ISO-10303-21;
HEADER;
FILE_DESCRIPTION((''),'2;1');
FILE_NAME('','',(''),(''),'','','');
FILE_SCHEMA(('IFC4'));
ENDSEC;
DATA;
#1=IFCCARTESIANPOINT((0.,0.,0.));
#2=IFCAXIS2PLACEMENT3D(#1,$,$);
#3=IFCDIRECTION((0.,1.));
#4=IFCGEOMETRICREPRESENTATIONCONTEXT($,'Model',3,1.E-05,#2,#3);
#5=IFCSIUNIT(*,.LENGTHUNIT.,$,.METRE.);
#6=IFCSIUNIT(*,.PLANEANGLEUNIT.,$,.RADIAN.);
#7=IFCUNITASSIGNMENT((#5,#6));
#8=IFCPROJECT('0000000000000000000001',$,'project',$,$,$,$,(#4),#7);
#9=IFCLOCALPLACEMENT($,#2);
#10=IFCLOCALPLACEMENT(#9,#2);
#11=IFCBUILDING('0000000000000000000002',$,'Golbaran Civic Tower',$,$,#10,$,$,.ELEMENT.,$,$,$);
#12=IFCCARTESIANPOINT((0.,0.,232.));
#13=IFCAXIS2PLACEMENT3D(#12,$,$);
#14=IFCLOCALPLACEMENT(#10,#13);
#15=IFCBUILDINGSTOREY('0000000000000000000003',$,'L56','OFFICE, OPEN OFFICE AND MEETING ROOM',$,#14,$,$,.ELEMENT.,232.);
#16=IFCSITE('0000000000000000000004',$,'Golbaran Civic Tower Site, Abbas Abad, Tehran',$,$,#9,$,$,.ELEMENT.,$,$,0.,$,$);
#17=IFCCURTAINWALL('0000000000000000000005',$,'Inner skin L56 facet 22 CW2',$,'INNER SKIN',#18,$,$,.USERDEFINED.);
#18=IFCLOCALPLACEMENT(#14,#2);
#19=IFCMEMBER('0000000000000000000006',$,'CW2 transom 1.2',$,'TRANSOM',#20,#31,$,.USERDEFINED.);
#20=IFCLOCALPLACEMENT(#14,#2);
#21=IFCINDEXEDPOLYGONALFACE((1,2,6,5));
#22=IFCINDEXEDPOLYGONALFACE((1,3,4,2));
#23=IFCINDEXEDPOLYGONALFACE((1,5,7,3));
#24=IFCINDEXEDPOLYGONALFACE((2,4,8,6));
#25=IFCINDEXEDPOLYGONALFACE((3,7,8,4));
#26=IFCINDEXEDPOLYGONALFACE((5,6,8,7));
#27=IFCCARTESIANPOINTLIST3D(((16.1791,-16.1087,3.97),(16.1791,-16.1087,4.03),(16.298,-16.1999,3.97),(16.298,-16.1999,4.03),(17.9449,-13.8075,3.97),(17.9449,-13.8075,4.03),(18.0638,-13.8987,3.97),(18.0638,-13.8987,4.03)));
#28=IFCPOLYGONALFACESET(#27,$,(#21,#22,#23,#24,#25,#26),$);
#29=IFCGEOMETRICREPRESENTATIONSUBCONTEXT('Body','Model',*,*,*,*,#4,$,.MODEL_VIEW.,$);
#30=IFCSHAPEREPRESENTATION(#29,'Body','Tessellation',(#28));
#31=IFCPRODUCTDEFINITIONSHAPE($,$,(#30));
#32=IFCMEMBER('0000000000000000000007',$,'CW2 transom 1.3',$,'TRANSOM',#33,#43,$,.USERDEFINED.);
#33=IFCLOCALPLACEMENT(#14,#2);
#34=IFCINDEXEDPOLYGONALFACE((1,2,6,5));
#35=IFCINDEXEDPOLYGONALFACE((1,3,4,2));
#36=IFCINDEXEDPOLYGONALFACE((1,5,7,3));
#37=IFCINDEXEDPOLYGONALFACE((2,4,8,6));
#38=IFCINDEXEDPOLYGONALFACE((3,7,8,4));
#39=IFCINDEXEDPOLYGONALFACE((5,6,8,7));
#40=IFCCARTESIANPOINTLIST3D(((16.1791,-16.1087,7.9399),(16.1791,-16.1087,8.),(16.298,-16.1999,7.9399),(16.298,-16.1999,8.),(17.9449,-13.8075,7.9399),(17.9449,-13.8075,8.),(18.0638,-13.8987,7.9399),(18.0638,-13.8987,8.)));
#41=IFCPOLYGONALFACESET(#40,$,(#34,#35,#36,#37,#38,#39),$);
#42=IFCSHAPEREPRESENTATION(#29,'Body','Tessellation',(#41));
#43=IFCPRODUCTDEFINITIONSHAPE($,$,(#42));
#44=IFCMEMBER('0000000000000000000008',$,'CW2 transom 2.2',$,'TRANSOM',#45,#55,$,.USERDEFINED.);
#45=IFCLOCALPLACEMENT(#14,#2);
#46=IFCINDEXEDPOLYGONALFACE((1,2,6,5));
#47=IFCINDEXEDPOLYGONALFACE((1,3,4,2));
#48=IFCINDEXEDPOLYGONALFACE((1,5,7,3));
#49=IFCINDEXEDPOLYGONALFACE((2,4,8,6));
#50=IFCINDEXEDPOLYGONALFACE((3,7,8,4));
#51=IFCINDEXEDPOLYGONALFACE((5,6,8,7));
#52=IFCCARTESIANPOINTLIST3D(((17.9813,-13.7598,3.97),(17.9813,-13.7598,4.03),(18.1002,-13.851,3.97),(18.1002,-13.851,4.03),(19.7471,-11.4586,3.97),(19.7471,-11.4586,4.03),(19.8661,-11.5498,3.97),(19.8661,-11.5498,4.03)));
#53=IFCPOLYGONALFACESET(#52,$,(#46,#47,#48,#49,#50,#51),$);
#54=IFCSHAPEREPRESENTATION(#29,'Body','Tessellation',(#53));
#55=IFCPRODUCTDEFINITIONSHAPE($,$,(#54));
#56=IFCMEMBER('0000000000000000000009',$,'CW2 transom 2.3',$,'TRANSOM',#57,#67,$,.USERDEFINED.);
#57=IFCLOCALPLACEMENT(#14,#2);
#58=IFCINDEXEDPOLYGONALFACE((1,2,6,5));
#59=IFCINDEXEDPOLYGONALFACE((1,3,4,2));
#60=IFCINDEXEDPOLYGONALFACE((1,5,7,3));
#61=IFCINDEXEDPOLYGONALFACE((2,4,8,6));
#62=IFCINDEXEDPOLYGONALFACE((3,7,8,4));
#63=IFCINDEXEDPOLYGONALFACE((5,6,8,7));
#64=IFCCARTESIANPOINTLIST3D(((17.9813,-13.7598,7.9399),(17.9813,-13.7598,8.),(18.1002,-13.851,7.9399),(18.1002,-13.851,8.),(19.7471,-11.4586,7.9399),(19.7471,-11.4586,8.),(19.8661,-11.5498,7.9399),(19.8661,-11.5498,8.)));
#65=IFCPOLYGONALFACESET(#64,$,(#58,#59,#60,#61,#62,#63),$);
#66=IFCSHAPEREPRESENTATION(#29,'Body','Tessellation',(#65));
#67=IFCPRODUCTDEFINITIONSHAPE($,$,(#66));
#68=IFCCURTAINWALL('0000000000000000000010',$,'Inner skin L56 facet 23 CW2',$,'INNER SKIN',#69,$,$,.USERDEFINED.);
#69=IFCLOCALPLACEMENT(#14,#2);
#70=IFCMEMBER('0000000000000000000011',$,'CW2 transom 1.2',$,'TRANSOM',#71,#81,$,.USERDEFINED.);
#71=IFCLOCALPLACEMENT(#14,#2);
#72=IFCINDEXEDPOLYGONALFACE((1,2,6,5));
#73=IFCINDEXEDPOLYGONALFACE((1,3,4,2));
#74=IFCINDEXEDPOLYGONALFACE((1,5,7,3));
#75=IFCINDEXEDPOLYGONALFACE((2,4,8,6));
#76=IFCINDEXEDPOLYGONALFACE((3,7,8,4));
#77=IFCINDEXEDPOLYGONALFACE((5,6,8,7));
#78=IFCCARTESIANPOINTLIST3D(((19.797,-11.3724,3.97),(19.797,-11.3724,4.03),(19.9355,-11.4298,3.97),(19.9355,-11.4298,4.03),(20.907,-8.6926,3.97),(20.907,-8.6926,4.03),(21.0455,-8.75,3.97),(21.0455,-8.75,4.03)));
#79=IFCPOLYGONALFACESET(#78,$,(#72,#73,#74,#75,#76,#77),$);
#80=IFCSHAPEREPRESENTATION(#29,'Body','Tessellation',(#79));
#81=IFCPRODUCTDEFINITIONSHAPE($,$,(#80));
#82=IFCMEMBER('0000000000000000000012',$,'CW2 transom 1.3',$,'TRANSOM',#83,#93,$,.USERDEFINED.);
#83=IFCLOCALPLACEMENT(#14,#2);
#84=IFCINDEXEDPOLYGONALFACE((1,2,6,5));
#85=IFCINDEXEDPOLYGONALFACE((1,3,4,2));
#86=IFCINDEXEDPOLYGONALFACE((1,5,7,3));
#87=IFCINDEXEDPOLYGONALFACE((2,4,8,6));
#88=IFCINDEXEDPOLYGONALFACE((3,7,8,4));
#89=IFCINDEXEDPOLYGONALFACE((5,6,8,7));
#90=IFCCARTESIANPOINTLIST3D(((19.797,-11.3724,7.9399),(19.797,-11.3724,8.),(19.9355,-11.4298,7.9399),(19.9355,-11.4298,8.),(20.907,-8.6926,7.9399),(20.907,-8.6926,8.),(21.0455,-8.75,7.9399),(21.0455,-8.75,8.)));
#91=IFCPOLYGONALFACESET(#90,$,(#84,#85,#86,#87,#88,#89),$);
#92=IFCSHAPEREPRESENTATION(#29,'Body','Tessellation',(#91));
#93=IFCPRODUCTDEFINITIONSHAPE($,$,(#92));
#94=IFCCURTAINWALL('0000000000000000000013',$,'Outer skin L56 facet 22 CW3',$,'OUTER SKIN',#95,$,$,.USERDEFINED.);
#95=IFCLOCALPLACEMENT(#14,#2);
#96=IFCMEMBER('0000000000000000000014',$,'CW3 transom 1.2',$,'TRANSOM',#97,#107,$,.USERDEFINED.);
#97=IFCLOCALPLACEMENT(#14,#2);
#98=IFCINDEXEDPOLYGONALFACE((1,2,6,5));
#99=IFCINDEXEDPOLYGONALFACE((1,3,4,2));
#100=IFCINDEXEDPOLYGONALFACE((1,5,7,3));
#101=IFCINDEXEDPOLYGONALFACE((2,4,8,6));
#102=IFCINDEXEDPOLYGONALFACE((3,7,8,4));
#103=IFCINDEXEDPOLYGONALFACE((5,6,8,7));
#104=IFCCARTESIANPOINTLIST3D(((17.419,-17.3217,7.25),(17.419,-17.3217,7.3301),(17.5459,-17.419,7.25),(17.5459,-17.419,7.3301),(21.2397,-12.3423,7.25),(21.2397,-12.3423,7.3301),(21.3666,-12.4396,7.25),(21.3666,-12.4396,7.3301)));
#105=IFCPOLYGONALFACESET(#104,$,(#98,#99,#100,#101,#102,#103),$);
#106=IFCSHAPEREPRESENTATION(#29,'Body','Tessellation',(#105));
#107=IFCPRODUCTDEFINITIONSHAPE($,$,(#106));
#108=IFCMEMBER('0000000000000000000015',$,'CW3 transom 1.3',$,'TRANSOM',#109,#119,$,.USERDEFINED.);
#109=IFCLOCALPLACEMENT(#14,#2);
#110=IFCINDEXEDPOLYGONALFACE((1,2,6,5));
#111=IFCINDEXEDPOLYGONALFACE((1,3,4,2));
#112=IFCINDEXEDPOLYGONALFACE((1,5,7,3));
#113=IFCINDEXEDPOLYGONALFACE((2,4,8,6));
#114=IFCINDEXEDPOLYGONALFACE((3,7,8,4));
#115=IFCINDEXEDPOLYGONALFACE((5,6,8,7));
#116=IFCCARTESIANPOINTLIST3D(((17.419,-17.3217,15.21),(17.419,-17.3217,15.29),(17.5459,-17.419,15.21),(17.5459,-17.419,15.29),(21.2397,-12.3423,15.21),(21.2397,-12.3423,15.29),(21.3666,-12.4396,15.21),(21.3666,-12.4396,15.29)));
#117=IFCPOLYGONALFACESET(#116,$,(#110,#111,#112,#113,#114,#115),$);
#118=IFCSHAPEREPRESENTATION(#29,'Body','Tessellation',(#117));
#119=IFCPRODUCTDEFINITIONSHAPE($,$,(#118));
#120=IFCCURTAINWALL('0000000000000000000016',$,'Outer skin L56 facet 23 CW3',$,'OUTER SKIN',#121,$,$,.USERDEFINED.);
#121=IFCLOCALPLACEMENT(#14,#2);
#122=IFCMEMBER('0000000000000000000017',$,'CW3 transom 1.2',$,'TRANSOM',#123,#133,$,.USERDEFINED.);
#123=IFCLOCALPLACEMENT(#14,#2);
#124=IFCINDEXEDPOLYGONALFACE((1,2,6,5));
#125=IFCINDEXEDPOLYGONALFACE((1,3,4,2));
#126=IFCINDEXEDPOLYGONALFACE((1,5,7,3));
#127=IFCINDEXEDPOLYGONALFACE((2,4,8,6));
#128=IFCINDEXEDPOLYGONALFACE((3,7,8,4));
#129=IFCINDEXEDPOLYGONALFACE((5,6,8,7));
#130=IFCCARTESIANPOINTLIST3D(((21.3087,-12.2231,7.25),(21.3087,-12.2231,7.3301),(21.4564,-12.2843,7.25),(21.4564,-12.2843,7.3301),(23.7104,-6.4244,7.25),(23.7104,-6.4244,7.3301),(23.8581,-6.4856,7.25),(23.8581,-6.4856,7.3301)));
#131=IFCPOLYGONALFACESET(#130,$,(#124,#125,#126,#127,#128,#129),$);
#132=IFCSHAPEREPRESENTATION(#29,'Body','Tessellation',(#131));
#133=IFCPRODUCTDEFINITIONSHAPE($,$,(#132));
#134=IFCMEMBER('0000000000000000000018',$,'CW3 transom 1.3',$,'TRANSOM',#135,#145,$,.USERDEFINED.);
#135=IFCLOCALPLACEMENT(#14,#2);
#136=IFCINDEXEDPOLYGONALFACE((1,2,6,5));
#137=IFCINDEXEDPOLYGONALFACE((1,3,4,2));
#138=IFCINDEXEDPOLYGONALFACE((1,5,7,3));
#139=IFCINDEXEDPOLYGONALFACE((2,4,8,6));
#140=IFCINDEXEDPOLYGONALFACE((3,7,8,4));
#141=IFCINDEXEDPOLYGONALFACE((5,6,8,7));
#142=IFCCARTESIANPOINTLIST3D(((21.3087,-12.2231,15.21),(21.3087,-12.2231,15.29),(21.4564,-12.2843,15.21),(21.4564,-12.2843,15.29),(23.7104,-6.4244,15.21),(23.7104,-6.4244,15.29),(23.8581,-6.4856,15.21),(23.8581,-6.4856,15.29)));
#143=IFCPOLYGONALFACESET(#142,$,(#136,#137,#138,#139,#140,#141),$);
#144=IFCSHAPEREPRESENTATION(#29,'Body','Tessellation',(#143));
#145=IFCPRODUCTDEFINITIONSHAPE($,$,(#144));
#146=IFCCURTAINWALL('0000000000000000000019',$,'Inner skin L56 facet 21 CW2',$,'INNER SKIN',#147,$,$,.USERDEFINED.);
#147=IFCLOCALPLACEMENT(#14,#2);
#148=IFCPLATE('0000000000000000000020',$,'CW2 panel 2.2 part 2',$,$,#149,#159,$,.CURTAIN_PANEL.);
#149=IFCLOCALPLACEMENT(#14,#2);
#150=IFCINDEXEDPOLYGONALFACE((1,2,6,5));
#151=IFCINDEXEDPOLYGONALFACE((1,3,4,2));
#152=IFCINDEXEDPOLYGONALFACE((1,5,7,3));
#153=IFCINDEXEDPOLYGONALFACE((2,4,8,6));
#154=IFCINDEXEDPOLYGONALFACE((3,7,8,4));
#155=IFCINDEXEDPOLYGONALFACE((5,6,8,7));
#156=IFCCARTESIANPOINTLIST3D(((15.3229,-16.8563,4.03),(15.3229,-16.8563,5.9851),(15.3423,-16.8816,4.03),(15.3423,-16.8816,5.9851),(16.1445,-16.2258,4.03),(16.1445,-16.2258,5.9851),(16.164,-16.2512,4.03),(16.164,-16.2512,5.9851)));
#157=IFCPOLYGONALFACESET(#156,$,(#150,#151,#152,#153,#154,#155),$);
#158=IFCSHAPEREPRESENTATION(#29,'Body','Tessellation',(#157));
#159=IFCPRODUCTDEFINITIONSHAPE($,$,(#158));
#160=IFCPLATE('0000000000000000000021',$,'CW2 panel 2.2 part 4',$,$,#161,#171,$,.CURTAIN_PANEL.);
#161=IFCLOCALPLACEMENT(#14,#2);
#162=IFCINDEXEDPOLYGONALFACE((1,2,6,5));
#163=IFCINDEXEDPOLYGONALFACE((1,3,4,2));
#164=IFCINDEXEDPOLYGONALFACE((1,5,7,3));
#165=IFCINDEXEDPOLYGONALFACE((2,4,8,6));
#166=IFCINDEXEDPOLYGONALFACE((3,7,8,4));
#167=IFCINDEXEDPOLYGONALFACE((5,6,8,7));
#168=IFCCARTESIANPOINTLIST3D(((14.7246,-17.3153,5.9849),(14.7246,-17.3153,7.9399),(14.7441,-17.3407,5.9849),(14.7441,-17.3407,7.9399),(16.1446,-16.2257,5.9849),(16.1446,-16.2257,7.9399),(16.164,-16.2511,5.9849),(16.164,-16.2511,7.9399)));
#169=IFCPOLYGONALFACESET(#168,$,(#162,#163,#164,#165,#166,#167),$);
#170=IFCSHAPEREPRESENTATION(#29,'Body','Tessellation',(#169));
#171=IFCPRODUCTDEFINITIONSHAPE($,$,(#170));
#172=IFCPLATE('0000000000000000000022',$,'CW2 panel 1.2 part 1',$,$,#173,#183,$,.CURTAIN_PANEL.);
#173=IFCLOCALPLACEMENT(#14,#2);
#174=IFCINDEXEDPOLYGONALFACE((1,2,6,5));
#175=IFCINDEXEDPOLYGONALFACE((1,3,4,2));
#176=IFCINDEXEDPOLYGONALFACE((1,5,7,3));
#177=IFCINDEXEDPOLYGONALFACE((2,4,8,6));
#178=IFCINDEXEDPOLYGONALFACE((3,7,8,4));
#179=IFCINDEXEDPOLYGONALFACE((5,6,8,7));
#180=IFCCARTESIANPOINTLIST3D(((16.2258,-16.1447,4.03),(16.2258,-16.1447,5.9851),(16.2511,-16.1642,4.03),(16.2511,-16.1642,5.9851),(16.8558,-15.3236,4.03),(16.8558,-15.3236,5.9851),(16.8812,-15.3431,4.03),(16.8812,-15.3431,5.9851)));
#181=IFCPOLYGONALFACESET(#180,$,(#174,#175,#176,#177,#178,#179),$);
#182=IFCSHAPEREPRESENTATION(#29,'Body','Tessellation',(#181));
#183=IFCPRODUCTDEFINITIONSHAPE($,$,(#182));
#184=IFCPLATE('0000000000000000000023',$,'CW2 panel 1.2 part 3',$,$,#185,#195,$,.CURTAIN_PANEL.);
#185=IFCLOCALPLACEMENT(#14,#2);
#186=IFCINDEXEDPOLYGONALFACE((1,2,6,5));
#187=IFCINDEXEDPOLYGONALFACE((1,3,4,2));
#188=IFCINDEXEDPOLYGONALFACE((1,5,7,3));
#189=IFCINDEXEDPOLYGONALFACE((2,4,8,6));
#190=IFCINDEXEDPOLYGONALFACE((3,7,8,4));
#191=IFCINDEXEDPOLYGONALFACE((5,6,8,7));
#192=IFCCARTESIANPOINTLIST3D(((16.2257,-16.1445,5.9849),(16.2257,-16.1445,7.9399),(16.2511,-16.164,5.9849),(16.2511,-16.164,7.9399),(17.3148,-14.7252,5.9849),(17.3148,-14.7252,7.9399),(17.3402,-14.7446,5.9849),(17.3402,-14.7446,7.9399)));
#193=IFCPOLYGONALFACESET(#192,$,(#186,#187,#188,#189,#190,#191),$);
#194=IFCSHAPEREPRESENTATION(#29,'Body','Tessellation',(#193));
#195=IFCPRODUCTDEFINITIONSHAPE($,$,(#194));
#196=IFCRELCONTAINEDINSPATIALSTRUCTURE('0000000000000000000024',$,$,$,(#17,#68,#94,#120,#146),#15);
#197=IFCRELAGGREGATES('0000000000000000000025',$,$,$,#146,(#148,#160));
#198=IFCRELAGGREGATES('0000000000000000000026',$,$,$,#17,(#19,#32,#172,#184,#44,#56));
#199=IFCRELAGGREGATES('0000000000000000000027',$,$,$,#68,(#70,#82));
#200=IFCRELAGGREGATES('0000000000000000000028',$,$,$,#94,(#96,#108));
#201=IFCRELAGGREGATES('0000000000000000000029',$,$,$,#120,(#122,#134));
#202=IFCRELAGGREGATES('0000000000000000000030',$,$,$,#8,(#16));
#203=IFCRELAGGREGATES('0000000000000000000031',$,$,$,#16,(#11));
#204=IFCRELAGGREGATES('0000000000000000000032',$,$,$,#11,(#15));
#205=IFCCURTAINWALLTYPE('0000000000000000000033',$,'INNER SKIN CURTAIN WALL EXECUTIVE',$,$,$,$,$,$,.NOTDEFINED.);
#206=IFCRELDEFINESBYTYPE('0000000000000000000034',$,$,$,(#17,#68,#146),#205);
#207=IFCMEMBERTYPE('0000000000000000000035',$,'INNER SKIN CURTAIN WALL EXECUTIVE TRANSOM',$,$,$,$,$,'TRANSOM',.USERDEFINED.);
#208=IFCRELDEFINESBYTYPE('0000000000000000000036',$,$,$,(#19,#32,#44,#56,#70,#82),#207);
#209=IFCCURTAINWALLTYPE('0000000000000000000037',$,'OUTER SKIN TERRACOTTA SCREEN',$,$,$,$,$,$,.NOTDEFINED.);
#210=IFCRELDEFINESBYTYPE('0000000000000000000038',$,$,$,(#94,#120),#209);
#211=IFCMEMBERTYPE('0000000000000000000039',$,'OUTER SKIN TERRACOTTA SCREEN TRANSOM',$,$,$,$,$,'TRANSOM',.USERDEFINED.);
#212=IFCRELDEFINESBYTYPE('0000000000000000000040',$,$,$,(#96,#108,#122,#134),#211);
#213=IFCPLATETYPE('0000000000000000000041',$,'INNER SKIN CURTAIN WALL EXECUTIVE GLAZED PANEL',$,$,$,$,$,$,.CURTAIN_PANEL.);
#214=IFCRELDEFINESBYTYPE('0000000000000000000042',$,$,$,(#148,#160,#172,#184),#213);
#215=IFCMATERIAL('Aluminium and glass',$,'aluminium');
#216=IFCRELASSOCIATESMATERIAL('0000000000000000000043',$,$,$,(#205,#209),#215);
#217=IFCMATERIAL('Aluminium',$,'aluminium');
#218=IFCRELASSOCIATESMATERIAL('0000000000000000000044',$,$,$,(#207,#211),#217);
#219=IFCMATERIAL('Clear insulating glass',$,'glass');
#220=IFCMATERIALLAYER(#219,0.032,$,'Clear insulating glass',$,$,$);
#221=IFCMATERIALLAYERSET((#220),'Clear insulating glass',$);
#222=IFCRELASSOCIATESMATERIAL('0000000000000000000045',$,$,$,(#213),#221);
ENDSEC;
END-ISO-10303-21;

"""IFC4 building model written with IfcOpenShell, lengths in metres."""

from ifc_helpers import new_model, si_unit, direction, frame, origin, origin_2d, place, context, subcontext, project, spatial, rectangle, extrude, material, layer, layer_set, material_profile, profile_set, type_object, element, aggregate, save


model = new_model("IFC4")

# Units and contexts
model_context = context("Model", 3, precision=1e-05, world=origin(), true_north=direction((0.0, 1.0)))
body_context = subcontext(model_context, "Body", "Model", "MODEL_VIEW")
ifc_project = project(units=[si_unit("LENGTHUNIT", "METRE"), si_unit("PLANEANGLEUNIT", "RADIAN")], contexts=[model_context])

# Site, building, storey
site_placement = place(None, origin())
site = spatial("IfcSite", under=ifc_project, at=site_placement, Name="Golbaran Civic Tower Site, Abbas Abad, Tehran", CompositionType="ELEMENT", RefElevation=0.0)
building_placement = place(site_placement, origin())
building = spatial("IfcBuilding", under=site, at=building_placement, Name="Golbaran Civic Tower", CompositionType="ELEMENT")
storey_placement = place(building_placement, frame((0.0, 0.0, 232.0)))
storey = spatial("IfcBuildingStorey", under=building, at=storey_placement, Name="L56", Description="OFFICE, OPEN OFFICE AND MEETING ROOM", CompositionType="ELEMENT", Elevation=232.0)

# Curtain walls, members
ifc_material_1 = material(Name="Aluminium and glass", Category="aluminium")
curtain_wall_type_1 = type_object("IfcCurtainWallType", Name="INNER SKIN CURTAIN WALL EXECUTIVE", PredefinedType="NOTDEFINED", material=ifc_material_1)
curtain_wall_1_placement = place(storey_placement, origin())
curtain_wall_1 = element("IfcCurtainWall", 1, at=curtain_wall_1_placement, inside=storey, type_object=curtain_wall_type_1, Name="Inner skin L56 facet 22 CW2", ObjectType="INNER SKIN", PredefinedType="USERDEFINED")
ifc_material_2 = material(Name="Aluminium", Category="aluminium")
ifc_material_profile_1 = material_profile(ifc_material_2, rectangle(XDim=0.1499, YDim=0.0601, at=origin_2d()), Name="INNER SKIN CURTAIN WALL EXECUTIVE TRANSOM")
ifc_profile_set_1 = profile_set([ifc_material_profile_1], Name="Aluminium")
member_type_1 = type_object("IfcMemberType", Name="INNER SKIN CURTAIN WALL EXECUTIVE TRANSOM", ElementType="TRANSOM", PredefinedType="USERDEFINED", material=ifc_profile_set_1)
member_1_placement = place(storey_placement, frame((16.2385, -16.1543, 4.0), z_axis=(0.608771, 0.793346, 0.0), x_axis=(-0.793346, 0.608771, 0.0)))
member_1 = element("IfcMember", 2, at=member_1_placement, type_object=member_type_1, Name="CW2 transom 1.2", ObjectType="TRANSOM", PredefinedType="USERDEFINED", context=body_context, shape_type="SweptSolid", body=[
    extrude(rectangle(XDim=0.1499, YDim=0.0601, at=origin_2d()), origin(), (0.0, 0.0, 1.0), 2.9006),
])
member_2_placement = place(storey_placement, frame((16.2385, -16.1543, 7.97), z_axis=(0.608771, 0.793346, 0.0), x_axis=(-0.793346, 0.608771, 0.0)))
member_2 = element("IfcMember", 3, at=member_2_placement, type_object=member_type_1, Name="CW2 transom 1.3", ObjectType="TRANSOM", PredefinedType="USERDEFINED", context=body_context, shape_type="SweptSolid", body=[
    extrude(rectangle(XDim=0.1499, YDim=0.0601, at=origin_2d()), origin(), (0.0, 0.0, 1.0), 2.9006),
])
member_3_placement = place(storey_placement, frame((18.0408, -13.8054, 4.0), z_axis=(0.608771, 0.793346, 0.0), x_axis=(-0.793346, 0.608771, 0.0)))
member_3 = element("IfcMember", 4, at=member_3_placement, type_object=member_type_1, Name="CW2 transom 2.2", ObjectType="TRANSOM", PredefinedType="USERDEFINED", context=body_context, shape_type="SweptSolid", body=[
    extrude(rectangle(XDim=0.1499, YDim=0.0601, at=origin_2d()), origin(), (0.0, 0.0, 1.0), 2.9006),
])
member_4_placement = place(storey_placement, frame((18.0408, -13.8054, 7.97), z_axis=(0.608771, 0.793346, 0.0), x_axis=(-0.793346, 0.608771, 0.0)))
member_4 = element("IfcMember", 5, at=member_4_placement, type_object=member_type_1, Name="CW2 transom 2.3", ObjectType="TRANSOM", PredefinedType="USERDEFINED", context=body_context, shape_type="SweptSolid", body=[
    extrude(rectangle(XDim=0.1499, YDim=0.0601, at=origin_2d()), origin(), (0.0, 0.0, 1.0), 2.9006),
])
curtain_wall_2_placement = place(storey_placement, origin())
curtain_wall_2 = element("IfcCurtainWall", 6, at=curtain_wall_2_placement, inside=storey, type_object=curtain_wall_type_1, Name="Inner skin L56 facet 23 CW2", ObjectType="INNER SKIN", PredefinedType="USERDEFINED")
member_5_placement = place(storey_placement, frame((19.8662, -11.4011, 4.0), z_axis=(0.382696, 0.923874, 0.0), x_axis=(-0.923874, 0.382696, 0.0)))
member_5 = element("IfcMember", 7, at=member_5_placement, type_object=member_type_1, Name="CW2 transom 1.2", ObjectType="TRANSOM", PredefinedType="USERDEFINED", context=body_context, shape_type="SweptSolid", body=[
    extrude(rectangle(XDim=0.1499, YDim=0.0601, at=origin_2d()), origin(), (0.0, 0.0, 1.0), 2.9006),
])
member_6_placement = place(storey_placement, frame((19.8662, -11.4011, 7.97), z_axis=(0.382696, 0.923874, 0.0), x_axis=(-0.923874, 0.382696, 0.0)))
member_6 = element("IfcMember", 8, at=member_6_placement, type_object=member_type_1, Name="CW2 transom 1.3", ObjectType="TRANSOM", PredefinedType="USERDEFINED", context=body_context, shape_type="SweptSolid", body=[
    extrude(rectangle(XDim=0.1499, YDim=0.0601, at=origin_2d()), origin(), (0.0, 0.0, 1.0), 2.9006),
])
curtain_wall_type_2 = type_object("IfcCurtainWallType", Name="OUTER SKIN TERRACOTTA SCREEN", PredefinedType="NOTDEFINED", material=ifc_material_1)
curtain_wall_3_placement = place(storey_placement, origin())
curtain_wall_3 = element("IfcCurtainWall", 9, at=curtain_wall_3_placement, inside=storey, type_object=curtain_wall_type_2, Name="Outer skin L56 facet 22 CW3", ObjectType="OUTER SKIN", PredefinedType="USERDEFINED")
ifc_material_profile_2 = material_profile(ifc_material_2, rectangle(XDim=0.1599, YDim=0.0801, at=origin_2d()), Name="OUTER SKIN TERRACOTTA SCREEN TRANSOM")
ifc_profile_set_2 = profile_set([ifc_material_profile_2], Name="Aluminium")
member_type_2 = type_object("IfcMemberType", Name="OUTER SKIN TERRACOTTA SCREEN TRANSOM", ElementType="TRANSOM", PredefinedType="USERDEFINED", material=ifc_profile_set_2)
member_7_placement = place(storey_placement, frame((17.4824, -17.3704, 7.29), z_axis=(0.608752, 0.793361, 0.0), x_axis=(-0.793361, 0.608752, 0.0)))
member_7 = element("IfcMember", 10, at=member_7_placement, type_object=member_type_2, Name="CW3 transom 1.2", ObjectType="TRANSOM", PredefinedType="USERDEFINED", context=body_context, shape_type="SweptSolid", body=[
    extrude(rectangle(XDim=0.1599, YDim=0.0801, at=origin_2d()), origin(), (0.0, 0.0, 1.0), 6.2764),
])
member_8_placement = place(storey_placement, frame((17.4824, -17.3704, 15.25), z_axis=(0.608752, 0.793361, 0.0), x_axis=(-0.793361, 0.608752, 0.0)))
member_8 = element("IfcMember", 11, at=member_8_placement, type_object=member_type_2, Name="CW3 transom 1.3", ObjectType="TRANSOM", PredefinedType="USERDEFINED", context=body_context, shape_type="SweptSolid", body=[
    extrude(rectangle(XDim=0.1599, YDim=0.0801, at=origin_2d()), origin(), (0.0, 0.0, 1.0), 6.2764),
])
curtain_wall_4_placement = place(storey_placement, origin())
curtain_wall_4 = element("IfcCurtainWall", 12, at=curtain_wall_4_placement, inside=storey, type_object=curtain_wall_type_2, Name="Outer skin L56 facet 23 CW3", ObjectType="OUTER SKIN", PredefinedType="USERDEFINED")
member_9_placement = place(storey_placement, frame((21.3826, -12.2537, 7.29), z_axis=(0.382651, 0.923893, 0.0), x_axis=(-0.923893, 0.382651, 0.0)))
member_9 = element("IfcMember", 13, at=member_9_placement, type_object=member_type_2, Name="CW3 transom 1.2", ObjectType="TRANSOM", PredefinedType="USERDEFINED", context=body_context, shape_type="SweptSolid", body=[
    extrude(rectangle(XDim=0.1599, YDim=0.0801, at=origin_2d()), origin(), (0.0, 0.0, 1.0), 6.2764),
])
member_10_placement = place(storey_placement, frame((21.3826, -12.2537, 15.25), z_axis=(0.382651, 0.923893, 0.0), x_axis=(-0.923893, 0.382651, 0.0)))
member_10 = element("IfcMember", 14, at=member_10_placement, type_object=member_type_2, Name="CW3 transom 1.3", ObjectType="TRANSOM", PredefinedType="USERDEFINED", context=body_context, shape_type="SweptSolid", body=[
    extrude(rectangle(XDim=0.1599, YDim=0.0801, at=origin_2d()), origin(), (0.0, 0.0, 1.0), 6.2764),
])

# Curtain wall, plates
curtain_wall_5_placement = place(storey_placement, origin())
curtain_wall_5 = element("IfcCurtainWall", 15, at=curtain_wall_5_placement, inside=storey, type_object=curtain_wall_type_1, Name="Inner skin L56 facet 21 CW2", ObjectType="INNER SKIN", PredefinedType="USERDEFINED")
ifc_material_3 = material(Name="Clear insulating glass", Category="glass")
ifc_layer_1 = layer(ifc_material_3, 0.032, Name="Clear insulating glass")
ifc_layer_set_1 = layer_set([ifc_layer_1], Name="Clear insulating glass")
plate_type_1 = type_object("IfcPlateType", Name="INNER SKIN CURTAIN WALL EXECUTIVE GLAZED PANEL", PredefinedType="CURTAIN_PANEL", material=ifc_layer_set_1)
plate_1_placement = place(storey_placement, frame((15.7434, -16.5537, 4.03), z_axis=(0.0, 0.0, 1.0), x_axis=(0.793353, 0.608761, 0.0)))
plate_1 = element("IfcPlate", 16, at=plate_1_placement, type_object=plate_type_1, Name="CW2 panel 2.2 part 2", PredefinedType="CURTAIN_PANEL", context=body_context, shape_type="SweptSolid", body=[
    extrude(rectangle(XDim=1.0356, YDim=0.032, at=origin_2d()), origin(), (0.0, 0.0, 1.0), 1.9551),
])
plate_2_placement = place(storey_placement, frame((15.4443, -16.7832, 5.9849), z_axis=(0.0, 0.0, 1.0), x_axis=(0.793353, 0.608761, 0.0)))
plate_2 = element("IfcPlate", 17, at=plate_2_placement, type_object=plate_type_1, Name="CW2 panel 2.2 part 4", PredefinedType="CURTAIN_PANEL", context=body_context, shape_type="SweptSolid", body=[
    extrude(rectangle(XDim=1.7898, YDim=0.032, at=origin_2d()), origin(), (0.0, 0.0, 1.0), 1.9551),
])
aggregate(curtain_wall_5, [plate_1, plate_2])

# Plates
plate_3_placement = place(storey_placement, frame((16.5535, -15.7439, 4.03), z_axis=(0.0, 0.0, 1.0), x_axis=(0.608761, 0.793353, 0.0)))
plate_3 = element("IfcPlate", 18, at=plate_3_placement, type_object=plate_type_1, Name="CW2 panel 1.2 part 1", PredefinedType="CURTAIN_PANEL", context=body_context, shape_type="SweptSolid", body=[
    extrude(rectangle(XDim=1.0349, YDim=0.032, at=origin_2d()), origin(), (0.0, 0.0, 1.0), 1.9551),
])
plate_4_placement = place(storey_placement, frame((16.783, -15.4446, 5.9849), z_axis=(0.0, 0.0, 1.0), x_axis=(0.608761, 0.793353, 0.0)))
plate_4 = element("IfcPlate", 19, at=plate_4_placement, type_object=plate_type_1, Name="CW2 panel 1.2 part 3", PredefinedType="CURTAIN_PANEL", context=body_context, shape_type="SweptSolid", body=[
    extrude(rectangle(XDim=1.7891, YDim=0.032, at=origin_2d()), origin(), (0.0, 0.0, 1.0), 1.9551),
])
aggregate(curtain_wall_1, [member_1, member_2, plate_3, plate_4, member_3, member_4])
aggregate(curtain_wall_2, [member_5, member_6])
aggregate(curtain_wall_3, [member_7, member_8])
aggregate(curtain_wall_4, [member_9, member_10])

save(model, "model.ifc")
